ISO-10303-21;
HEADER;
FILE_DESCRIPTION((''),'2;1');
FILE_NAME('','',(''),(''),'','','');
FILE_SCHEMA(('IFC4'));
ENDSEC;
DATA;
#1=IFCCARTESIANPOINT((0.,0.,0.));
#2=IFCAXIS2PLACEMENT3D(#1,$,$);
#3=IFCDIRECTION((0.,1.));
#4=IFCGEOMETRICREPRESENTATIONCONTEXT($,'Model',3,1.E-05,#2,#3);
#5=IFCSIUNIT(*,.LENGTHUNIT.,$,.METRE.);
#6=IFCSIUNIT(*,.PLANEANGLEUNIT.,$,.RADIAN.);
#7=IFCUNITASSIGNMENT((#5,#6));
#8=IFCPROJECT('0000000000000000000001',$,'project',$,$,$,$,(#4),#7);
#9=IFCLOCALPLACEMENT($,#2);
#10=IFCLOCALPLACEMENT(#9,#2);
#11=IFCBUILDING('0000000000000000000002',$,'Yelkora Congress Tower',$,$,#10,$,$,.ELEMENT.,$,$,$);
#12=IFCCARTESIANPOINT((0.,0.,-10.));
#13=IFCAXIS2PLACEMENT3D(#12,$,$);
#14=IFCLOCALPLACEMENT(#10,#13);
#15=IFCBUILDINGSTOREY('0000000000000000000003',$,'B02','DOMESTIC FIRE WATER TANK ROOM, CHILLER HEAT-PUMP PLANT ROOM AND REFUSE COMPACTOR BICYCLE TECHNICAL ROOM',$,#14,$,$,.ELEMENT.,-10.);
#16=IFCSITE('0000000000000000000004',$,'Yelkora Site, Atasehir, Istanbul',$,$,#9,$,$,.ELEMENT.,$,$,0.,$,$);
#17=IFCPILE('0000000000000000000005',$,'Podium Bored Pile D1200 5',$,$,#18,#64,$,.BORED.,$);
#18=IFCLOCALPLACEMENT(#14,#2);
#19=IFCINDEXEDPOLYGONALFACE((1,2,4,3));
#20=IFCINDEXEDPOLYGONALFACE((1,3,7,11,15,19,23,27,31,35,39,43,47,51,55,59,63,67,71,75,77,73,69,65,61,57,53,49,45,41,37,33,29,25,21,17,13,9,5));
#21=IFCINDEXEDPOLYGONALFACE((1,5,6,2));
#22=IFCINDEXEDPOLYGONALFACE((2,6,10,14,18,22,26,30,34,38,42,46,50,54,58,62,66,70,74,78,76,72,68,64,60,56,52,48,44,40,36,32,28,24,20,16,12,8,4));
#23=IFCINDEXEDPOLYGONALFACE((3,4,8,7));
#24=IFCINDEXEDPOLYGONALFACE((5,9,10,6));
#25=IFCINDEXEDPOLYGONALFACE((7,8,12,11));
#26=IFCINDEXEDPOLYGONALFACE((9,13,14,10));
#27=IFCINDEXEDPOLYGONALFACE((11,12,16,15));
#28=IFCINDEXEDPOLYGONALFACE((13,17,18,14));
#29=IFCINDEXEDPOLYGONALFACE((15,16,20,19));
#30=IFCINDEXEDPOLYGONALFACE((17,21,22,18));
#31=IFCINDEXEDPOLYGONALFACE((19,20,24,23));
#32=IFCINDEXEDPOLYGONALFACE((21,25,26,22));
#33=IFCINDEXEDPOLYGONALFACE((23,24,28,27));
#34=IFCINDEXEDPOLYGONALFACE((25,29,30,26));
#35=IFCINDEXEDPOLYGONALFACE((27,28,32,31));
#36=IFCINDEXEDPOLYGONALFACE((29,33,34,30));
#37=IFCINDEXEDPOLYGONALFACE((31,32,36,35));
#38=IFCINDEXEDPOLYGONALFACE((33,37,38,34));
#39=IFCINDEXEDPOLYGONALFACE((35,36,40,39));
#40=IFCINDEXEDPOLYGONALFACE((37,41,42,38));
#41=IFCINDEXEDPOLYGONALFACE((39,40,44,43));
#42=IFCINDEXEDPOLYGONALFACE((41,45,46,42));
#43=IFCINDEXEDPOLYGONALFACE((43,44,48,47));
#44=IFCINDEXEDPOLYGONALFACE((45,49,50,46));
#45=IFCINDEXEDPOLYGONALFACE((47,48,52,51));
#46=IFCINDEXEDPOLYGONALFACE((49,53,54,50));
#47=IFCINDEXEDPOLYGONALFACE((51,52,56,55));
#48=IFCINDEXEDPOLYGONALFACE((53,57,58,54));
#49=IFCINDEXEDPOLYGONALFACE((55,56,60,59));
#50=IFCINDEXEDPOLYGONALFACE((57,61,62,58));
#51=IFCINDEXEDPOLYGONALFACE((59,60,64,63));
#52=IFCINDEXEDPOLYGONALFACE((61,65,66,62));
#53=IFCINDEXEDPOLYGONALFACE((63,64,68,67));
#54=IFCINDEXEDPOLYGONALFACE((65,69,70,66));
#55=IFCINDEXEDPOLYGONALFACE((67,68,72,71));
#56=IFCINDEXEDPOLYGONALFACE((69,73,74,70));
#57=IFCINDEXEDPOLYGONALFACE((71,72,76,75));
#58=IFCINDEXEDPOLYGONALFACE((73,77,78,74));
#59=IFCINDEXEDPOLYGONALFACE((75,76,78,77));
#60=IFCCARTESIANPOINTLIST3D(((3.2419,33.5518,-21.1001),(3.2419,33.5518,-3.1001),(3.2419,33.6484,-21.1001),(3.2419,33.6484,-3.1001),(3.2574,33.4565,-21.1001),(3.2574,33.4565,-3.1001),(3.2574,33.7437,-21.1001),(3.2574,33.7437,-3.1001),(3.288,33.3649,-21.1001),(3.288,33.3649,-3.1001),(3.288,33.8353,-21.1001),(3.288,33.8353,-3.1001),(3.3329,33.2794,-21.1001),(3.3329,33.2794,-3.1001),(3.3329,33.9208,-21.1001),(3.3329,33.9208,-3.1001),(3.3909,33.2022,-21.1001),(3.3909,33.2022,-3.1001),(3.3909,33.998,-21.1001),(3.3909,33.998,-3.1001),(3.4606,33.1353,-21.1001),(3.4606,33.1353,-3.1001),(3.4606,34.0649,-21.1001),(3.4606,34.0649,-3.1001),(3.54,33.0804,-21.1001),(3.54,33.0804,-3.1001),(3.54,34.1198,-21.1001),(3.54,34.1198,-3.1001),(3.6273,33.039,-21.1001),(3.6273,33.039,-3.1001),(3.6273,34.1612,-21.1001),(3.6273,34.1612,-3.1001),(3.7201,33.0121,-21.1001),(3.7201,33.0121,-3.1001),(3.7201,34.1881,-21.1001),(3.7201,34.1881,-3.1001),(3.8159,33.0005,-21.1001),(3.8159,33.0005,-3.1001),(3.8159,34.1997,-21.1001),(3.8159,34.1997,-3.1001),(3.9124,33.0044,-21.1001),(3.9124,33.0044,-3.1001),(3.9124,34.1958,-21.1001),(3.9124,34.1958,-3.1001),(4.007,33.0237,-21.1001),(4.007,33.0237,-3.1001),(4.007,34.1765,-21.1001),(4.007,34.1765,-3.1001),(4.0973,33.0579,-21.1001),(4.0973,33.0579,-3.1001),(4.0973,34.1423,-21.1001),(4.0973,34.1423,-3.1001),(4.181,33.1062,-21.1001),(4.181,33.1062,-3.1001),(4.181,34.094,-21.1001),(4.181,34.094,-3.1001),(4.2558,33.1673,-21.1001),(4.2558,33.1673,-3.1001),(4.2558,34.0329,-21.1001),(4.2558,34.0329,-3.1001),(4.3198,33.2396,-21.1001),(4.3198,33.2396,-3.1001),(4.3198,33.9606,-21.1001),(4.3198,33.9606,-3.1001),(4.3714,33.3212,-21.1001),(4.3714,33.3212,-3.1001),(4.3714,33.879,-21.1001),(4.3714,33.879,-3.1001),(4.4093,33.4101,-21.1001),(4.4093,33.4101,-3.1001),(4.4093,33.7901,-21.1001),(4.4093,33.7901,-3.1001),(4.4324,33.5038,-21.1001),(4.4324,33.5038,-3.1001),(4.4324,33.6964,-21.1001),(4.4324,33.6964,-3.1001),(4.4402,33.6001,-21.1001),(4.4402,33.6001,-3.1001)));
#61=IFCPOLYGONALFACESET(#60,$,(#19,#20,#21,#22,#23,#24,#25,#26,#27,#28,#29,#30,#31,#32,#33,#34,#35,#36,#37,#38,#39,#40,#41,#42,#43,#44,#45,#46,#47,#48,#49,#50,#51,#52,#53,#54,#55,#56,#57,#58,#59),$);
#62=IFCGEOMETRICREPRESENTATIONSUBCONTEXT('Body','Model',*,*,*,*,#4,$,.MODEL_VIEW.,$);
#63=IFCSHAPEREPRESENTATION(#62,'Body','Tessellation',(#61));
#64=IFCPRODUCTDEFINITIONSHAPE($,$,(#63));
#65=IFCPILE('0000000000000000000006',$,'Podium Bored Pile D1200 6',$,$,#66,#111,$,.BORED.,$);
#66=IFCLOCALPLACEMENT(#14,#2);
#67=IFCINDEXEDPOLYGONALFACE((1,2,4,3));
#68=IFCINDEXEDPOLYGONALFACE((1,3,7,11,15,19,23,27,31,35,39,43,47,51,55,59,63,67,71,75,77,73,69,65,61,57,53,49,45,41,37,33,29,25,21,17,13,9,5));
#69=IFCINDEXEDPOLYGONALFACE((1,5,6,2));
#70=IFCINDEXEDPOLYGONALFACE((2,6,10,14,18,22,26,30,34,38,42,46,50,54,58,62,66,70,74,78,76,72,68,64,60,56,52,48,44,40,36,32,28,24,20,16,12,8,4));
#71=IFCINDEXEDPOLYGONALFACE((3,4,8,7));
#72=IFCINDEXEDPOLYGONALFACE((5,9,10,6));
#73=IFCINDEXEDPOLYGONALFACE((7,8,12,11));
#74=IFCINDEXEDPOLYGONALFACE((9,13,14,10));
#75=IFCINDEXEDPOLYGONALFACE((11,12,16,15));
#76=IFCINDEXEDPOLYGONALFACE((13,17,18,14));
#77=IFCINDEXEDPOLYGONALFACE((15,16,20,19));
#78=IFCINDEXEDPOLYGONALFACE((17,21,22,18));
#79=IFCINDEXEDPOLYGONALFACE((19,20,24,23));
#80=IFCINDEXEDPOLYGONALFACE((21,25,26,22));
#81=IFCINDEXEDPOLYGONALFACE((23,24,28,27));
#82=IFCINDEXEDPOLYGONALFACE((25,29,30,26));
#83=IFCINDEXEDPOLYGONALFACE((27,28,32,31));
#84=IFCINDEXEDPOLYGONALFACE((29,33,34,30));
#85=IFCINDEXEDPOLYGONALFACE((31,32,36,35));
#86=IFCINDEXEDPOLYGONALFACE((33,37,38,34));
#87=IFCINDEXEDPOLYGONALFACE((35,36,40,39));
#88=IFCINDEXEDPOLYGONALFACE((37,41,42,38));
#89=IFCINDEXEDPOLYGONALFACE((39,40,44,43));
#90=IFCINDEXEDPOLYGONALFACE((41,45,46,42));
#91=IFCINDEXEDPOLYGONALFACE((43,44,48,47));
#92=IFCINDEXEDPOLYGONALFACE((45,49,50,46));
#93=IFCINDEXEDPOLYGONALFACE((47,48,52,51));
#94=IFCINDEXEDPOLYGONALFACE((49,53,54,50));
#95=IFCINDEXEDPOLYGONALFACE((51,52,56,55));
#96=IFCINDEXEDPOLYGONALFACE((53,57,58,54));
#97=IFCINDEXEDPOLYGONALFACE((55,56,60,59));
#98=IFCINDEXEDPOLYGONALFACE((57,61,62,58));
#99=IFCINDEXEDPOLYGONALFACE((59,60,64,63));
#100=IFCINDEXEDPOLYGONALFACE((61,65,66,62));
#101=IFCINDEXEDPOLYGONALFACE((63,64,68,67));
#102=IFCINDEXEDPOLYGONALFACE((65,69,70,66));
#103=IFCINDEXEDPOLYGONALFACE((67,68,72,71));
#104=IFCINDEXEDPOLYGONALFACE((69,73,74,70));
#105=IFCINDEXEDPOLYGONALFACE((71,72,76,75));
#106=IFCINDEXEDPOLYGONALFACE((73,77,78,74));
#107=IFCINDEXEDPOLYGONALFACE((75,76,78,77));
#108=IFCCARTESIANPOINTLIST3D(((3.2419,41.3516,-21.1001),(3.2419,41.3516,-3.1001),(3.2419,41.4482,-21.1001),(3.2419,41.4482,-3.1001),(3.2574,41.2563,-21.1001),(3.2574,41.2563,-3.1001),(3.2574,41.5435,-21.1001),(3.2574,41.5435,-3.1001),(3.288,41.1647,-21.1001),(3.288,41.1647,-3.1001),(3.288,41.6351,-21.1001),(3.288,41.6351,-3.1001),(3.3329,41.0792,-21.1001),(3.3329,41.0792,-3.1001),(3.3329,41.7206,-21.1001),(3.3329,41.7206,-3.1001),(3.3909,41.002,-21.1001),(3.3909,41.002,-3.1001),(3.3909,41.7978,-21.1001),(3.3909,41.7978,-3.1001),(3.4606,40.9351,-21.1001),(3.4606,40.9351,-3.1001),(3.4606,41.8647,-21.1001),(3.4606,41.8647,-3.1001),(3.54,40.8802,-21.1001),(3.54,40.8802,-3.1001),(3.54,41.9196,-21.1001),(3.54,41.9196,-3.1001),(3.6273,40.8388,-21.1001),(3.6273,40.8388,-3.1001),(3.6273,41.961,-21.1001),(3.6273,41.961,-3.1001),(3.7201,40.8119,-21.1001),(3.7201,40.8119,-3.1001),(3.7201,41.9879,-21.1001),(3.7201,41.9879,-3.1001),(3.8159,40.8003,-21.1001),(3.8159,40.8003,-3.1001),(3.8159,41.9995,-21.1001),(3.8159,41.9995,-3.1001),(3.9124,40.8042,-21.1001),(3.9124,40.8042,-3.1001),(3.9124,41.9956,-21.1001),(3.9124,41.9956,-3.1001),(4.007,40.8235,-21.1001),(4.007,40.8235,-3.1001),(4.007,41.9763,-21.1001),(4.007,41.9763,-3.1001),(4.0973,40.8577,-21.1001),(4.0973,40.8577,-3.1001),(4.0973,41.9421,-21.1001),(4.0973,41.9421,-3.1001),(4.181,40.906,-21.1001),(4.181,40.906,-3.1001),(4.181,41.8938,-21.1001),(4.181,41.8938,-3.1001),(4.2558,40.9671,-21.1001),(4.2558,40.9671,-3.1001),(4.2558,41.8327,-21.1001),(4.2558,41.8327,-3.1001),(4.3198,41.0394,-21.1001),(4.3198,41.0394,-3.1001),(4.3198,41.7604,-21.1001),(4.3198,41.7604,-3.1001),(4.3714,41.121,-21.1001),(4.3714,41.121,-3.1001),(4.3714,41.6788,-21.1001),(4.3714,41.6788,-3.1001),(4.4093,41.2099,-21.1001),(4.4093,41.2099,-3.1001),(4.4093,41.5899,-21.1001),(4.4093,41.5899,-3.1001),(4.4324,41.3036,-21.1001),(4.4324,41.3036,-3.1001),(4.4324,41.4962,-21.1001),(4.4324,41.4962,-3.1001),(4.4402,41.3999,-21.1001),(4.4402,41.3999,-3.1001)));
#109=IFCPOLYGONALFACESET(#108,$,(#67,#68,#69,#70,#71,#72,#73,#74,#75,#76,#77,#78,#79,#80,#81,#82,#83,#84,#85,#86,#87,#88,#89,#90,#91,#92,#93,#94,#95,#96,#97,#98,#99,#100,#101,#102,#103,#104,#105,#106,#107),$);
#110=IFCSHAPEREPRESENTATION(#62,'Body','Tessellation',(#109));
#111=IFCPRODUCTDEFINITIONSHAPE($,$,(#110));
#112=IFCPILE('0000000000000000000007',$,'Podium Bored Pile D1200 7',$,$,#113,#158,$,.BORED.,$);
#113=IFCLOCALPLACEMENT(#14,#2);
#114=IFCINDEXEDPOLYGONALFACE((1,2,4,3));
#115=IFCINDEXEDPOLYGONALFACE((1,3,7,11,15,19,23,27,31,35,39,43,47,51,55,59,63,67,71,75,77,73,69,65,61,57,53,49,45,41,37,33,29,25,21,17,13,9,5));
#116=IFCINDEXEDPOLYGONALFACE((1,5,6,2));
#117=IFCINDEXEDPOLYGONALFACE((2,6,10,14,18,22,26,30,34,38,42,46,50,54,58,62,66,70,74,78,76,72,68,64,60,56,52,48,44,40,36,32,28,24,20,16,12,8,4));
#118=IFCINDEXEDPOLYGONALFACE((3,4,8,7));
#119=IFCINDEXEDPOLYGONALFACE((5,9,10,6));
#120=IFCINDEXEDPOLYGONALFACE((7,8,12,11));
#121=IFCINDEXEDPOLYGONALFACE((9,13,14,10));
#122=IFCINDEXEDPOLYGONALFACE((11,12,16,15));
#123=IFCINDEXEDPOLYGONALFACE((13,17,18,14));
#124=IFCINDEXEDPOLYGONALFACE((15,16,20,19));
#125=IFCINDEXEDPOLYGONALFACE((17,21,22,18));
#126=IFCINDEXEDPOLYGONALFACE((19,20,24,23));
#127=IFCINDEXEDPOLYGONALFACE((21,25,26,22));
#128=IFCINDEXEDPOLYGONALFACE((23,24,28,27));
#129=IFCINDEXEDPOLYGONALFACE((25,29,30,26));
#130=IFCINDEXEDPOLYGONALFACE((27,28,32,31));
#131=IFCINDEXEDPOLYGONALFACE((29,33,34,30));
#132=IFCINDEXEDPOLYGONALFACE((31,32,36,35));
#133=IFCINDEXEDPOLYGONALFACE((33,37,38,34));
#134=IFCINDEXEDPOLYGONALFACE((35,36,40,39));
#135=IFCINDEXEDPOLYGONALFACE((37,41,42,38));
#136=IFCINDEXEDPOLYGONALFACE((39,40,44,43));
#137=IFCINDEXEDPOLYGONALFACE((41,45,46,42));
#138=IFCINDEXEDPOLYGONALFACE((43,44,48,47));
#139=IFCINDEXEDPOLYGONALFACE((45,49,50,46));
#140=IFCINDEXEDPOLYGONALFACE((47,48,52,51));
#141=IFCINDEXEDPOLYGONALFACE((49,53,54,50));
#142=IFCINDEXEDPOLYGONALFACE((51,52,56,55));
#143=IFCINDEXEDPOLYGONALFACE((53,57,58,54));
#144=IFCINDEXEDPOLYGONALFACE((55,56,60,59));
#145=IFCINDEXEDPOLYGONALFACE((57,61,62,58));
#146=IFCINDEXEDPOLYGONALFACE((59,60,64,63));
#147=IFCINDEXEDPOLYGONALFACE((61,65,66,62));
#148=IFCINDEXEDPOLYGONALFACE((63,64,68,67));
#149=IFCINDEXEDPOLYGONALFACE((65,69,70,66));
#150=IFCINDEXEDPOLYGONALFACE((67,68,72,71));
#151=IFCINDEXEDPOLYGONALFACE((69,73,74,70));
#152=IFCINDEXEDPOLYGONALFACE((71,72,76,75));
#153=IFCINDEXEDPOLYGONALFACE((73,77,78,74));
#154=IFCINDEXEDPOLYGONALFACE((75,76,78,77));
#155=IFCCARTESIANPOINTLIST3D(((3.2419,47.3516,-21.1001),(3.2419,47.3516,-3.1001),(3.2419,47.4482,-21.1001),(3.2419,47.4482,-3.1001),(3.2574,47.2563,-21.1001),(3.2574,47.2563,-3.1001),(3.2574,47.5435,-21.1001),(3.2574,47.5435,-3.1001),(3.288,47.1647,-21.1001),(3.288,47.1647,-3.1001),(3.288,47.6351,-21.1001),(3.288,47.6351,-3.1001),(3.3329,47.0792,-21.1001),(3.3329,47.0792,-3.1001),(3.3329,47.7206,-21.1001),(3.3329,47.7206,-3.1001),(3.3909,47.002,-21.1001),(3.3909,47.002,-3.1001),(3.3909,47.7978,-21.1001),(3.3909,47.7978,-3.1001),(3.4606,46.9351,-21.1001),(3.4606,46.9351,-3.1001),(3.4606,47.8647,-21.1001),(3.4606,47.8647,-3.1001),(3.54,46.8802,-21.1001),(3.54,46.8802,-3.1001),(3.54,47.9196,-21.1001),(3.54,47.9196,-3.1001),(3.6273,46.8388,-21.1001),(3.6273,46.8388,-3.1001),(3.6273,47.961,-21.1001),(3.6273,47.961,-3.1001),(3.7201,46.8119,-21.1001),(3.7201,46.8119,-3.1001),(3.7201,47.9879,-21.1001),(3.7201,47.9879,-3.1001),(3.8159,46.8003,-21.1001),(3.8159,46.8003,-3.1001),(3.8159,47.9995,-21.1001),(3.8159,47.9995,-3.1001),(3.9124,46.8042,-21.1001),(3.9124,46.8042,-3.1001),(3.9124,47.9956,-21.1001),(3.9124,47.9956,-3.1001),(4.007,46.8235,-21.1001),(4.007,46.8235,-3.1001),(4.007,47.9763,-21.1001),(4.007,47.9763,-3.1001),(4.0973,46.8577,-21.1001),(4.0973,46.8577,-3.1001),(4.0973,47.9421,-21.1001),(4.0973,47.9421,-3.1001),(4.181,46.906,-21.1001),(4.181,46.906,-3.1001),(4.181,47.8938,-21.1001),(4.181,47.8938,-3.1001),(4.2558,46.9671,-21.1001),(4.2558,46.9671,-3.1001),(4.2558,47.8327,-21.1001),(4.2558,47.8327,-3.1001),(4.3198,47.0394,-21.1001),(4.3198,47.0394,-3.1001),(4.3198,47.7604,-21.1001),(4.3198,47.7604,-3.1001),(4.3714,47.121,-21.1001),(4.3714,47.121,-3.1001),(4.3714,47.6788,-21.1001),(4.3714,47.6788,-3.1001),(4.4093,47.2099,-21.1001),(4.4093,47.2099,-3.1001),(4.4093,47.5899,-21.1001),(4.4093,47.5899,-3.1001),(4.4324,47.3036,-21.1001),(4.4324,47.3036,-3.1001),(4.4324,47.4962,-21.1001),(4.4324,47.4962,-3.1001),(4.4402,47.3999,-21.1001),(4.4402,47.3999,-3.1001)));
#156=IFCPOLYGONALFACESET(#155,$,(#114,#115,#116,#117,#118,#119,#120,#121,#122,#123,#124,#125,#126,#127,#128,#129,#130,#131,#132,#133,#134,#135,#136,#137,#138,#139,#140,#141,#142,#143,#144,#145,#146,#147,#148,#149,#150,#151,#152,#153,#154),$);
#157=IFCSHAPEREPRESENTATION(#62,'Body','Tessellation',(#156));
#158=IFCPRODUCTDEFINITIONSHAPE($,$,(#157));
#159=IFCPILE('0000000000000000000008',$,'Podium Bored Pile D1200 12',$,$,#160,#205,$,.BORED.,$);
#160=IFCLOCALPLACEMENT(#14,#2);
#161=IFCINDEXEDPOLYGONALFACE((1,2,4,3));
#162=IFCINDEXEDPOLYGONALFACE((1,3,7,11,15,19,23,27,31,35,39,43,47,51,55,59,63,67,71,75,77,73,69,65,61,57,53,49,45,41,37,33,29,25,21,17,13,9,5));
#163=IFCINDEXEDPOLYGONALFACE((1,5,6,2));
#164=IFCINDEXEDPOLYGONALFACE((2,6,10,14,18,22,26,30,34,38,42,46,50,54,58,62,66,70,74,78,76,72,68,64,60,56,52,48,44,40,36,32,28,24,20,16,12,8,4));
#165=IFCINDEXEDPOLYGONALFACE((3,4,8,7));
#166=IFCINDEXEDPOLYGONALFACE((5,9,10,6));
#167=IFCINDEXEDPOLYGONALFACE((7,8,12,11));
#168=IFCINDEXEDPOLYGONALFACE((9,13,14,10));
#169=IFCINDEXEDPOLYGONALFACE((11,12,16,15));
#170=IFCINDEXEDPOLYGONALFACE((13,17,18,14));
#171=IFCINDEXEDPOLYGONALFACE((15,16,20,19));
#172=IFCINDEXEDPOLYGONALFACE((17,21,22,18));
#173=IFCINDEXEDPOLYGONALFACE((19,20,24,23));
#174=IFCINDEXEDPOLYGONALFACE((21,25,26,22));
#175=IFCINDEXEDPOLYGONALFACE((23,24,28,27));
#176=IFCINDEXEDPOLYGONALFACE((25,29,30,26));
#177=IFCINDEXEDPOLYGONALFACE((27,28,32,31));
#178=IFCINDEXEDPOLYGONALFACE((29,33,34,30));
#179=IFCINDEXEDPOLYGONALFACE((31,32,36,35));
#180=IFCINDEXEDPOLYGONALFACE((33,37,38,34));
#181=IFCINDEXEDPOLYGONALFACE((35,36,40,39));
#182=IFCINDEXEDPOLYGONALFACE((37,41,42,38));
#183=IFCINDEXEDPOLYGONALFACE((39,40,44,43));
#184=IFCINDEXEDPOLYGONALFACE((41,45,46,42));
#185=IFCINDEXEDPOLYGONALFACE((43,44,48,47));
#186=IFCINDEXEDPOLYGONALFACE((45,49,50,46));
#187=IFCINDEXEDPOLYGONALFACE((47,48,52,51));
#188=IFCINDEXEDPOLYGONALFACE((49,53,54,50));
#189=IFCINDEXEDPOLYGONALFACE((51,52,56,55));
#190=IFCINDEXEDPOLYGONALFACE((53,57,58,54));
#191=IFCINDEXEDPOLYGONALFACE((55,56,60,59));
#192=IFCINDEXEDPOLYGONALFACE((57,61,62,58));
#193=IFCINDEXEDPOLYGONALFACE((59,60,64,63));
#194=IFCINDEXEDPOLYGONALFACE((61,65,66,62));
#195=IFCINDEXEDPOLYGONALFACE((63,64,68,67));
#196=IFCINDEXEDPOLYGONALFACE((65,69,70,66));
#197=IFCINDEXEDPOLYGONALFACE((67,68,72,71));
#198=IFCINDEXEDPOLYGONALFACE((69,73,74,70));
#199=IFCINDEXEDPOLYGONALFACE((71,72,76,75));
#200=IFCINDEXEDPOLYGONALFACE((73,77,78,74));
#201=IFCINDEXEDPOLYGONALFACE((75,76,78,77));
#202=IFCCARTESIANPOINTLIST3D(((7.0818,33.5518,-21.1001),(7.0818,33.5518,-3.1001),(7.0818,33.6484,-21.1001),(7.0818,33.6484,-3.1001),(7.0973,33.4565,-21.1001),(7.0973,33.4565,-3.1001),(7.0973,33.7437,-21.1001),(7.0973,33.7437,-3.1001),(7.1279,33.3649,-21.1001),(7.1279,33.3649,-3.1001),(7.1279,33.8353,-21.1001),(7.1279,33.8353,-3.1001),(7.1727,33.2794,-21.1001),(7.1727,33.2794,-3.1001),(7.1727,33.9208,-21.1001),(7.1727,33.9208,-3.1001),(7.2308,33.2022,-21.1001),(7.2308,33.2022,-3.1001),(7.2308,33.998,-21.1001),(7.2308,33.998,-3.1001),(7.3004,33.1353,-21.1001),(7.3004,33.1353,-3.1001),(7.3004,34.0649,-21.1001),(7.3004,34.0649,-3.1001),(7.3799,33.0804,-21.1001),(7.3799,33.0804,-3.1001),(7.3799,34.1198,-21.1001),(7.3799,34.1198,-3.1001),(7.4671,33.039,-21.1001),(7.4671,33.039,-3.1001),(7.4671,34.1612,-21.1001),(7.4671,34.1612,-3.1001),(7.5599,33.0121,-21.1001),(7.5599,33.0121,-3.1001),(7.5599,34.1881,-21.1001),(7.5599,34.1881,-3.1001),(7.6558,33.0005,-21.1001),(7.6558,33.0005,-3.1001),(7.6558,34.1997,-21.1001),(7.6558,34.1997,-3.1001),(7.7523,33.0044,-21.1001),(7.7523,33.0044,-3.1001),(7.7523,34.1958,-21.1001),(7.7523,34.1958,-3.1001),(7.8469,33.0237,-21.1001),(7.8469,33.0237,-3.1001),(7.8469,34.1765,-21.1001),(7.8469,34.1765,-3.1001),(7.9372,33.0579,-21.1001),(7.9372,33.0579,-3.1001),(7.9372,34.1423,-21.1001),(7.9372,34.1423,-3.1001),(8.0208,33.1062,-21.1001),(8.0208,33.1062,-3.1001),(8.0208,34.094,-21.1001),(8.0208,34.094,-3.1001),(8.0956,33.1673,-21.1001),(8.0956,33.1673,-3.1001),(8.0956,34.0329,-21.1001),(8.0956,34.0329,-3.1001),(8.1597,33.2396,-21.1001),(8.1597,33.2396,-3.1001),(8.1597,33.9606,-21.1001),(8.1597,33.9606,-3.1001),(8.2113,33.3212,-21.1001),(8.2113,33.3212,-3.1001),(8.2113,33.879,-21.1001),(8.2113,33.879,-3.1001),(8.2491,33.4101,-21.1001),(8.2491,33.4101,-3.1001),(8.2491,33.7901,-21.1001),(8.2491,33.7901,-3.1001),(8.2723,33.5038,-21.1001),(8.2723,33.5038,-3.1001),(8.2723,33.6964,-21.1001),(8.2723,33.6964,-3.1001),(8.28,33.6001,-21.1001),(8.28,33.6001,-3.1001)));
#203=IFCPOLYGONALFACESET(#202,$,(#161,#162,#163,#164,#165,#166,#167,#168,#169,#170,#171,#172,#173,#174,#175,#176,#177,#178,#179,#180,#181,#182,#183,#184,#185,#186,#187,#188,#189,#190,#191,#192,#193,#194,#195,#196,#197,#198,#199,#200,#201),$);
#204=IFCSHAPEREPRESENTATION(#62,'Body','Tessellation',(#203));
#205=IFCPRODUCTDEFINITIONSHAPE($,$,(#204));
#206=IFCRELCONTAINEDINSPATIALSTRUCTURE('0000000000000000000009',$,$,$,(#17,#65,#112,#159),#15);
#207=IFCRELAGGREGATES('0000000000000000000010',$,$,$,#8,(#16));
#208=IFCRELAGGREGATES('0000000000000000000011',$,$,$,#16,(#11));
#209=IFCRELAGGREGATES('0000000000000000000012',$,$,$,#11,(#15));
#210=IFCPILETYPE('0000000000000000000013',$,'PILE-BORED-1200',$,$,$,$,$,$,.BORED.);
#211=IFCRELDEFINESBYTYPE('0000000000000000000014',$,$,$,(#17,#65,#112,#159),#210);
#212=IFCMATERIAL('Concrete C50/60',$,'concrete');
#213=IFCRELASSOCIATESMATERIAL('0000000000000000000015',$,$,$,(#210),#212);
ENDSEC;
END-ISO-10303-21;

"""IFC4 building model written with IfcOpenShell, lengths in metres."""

from ifc_helpers import new_model, si_unit, direction, frame, origin, origin_2d, place, context, subcontext, project, spatial, circle, extrude, material, material_profile, profile_set, type_object, element, save


model = new_model("IFC4")

# Units and contexts
model_context = context("Model", 3, precision=1e-05, world=origin(), true_north=direction((0.0, 1.0)))
body_context = subcontext(model_context, "Body", "Model", "MODEL_VIEW")
ifc_project = project(units=[si_unit("LENGTHUNIT", "METRE"), si_unit("PLANEANGLEUNIT", "RADIAN")], contexts=[model_context])

# Site, building, storey
site_placement = place(None, origin())
site = spatial("IfcSite", under=ifc_project, at=site_placement, Name="Yelkora Site, Atasehir, Istanbul", CompositionType="ELEMENT", RefElevation=0.0)
building_placement = place(site_placement, origin())
building = spatial("IfcBuilding", under=site, at=building_placement, Name="Yelkora Congress Tower", CompositionType="ELEMENT")
storey_placement = place(building_placement, frame((0.0, 0.0, -10.0)))
storey = spatial("IfcBuildingStorey", under=building, at=storey_placement, Name="B02", Description="DOMESTIC FIRE WATER TANK ROOM, CHILLER HEAT-PUMP PLANT ROOM AND REFUSE COMPACTOR BICYCLE TECHNICAL ROOM", CompositionType="ELEMENT", Elevation=-10.0)

# Piles
ifc_material_1 = material(Name="Concrete C50/60", Category="concrete")
ifc_material_profile_1 = material_profile(ifc_material_1, circle(Radius=0.6001, at=origin_2d()), Name="PILE D1200")
ifc_profile_set_1 = profile_set([ifc_material_profile_1], Name="Concrete C50/60")
pile_type = type_object("IfcPileType", Name="PILE-BORED-1200", PredefinedType="BORED", material=ifc_profile_set_1)
for number, where, z_axis, x_axis, name in (
    (1, (3.8401, 33.6001, -3.1001), (0.0, 0.0, -1.0), (1.0, 0.0, 0.0), "Podium Bored Pile D1200 5"),
    (2, (3.8401, 41.3999, -3.1001), (0.0, 0.0, -1.0), (1.0, 0.0, 0.0), "Podium Bored Pile D1200 6"),
    (3, (3.8401, 47.3999, -3.1001), (0.0, 0.0, -1.0), (1.0, 0.0, 0.0), "Podium Bored Pile D1200 7"),
    (4, (7.6799, 33.6001, -3.1001), (0.0, 0.0, -1.0), (1.0, 0.0, 0.0), "Podium Bored Pile D1200 12"),
):
    element("IfcPile", number, at=place(storey_placement, frame(where, z_axis=z_axis, x_axis=x_axis)), inside=storey, type_object=pile_type, Name=name, PredefinedType="BORED", context=body_context, shape_type="SweptSolid", body=[
        extrude(circle(Radius=0.6001, at=origin_2d()), origin(), (0.0, 0.0, 1.0), 18.0),
    ])

save(model, "model.ifc")
